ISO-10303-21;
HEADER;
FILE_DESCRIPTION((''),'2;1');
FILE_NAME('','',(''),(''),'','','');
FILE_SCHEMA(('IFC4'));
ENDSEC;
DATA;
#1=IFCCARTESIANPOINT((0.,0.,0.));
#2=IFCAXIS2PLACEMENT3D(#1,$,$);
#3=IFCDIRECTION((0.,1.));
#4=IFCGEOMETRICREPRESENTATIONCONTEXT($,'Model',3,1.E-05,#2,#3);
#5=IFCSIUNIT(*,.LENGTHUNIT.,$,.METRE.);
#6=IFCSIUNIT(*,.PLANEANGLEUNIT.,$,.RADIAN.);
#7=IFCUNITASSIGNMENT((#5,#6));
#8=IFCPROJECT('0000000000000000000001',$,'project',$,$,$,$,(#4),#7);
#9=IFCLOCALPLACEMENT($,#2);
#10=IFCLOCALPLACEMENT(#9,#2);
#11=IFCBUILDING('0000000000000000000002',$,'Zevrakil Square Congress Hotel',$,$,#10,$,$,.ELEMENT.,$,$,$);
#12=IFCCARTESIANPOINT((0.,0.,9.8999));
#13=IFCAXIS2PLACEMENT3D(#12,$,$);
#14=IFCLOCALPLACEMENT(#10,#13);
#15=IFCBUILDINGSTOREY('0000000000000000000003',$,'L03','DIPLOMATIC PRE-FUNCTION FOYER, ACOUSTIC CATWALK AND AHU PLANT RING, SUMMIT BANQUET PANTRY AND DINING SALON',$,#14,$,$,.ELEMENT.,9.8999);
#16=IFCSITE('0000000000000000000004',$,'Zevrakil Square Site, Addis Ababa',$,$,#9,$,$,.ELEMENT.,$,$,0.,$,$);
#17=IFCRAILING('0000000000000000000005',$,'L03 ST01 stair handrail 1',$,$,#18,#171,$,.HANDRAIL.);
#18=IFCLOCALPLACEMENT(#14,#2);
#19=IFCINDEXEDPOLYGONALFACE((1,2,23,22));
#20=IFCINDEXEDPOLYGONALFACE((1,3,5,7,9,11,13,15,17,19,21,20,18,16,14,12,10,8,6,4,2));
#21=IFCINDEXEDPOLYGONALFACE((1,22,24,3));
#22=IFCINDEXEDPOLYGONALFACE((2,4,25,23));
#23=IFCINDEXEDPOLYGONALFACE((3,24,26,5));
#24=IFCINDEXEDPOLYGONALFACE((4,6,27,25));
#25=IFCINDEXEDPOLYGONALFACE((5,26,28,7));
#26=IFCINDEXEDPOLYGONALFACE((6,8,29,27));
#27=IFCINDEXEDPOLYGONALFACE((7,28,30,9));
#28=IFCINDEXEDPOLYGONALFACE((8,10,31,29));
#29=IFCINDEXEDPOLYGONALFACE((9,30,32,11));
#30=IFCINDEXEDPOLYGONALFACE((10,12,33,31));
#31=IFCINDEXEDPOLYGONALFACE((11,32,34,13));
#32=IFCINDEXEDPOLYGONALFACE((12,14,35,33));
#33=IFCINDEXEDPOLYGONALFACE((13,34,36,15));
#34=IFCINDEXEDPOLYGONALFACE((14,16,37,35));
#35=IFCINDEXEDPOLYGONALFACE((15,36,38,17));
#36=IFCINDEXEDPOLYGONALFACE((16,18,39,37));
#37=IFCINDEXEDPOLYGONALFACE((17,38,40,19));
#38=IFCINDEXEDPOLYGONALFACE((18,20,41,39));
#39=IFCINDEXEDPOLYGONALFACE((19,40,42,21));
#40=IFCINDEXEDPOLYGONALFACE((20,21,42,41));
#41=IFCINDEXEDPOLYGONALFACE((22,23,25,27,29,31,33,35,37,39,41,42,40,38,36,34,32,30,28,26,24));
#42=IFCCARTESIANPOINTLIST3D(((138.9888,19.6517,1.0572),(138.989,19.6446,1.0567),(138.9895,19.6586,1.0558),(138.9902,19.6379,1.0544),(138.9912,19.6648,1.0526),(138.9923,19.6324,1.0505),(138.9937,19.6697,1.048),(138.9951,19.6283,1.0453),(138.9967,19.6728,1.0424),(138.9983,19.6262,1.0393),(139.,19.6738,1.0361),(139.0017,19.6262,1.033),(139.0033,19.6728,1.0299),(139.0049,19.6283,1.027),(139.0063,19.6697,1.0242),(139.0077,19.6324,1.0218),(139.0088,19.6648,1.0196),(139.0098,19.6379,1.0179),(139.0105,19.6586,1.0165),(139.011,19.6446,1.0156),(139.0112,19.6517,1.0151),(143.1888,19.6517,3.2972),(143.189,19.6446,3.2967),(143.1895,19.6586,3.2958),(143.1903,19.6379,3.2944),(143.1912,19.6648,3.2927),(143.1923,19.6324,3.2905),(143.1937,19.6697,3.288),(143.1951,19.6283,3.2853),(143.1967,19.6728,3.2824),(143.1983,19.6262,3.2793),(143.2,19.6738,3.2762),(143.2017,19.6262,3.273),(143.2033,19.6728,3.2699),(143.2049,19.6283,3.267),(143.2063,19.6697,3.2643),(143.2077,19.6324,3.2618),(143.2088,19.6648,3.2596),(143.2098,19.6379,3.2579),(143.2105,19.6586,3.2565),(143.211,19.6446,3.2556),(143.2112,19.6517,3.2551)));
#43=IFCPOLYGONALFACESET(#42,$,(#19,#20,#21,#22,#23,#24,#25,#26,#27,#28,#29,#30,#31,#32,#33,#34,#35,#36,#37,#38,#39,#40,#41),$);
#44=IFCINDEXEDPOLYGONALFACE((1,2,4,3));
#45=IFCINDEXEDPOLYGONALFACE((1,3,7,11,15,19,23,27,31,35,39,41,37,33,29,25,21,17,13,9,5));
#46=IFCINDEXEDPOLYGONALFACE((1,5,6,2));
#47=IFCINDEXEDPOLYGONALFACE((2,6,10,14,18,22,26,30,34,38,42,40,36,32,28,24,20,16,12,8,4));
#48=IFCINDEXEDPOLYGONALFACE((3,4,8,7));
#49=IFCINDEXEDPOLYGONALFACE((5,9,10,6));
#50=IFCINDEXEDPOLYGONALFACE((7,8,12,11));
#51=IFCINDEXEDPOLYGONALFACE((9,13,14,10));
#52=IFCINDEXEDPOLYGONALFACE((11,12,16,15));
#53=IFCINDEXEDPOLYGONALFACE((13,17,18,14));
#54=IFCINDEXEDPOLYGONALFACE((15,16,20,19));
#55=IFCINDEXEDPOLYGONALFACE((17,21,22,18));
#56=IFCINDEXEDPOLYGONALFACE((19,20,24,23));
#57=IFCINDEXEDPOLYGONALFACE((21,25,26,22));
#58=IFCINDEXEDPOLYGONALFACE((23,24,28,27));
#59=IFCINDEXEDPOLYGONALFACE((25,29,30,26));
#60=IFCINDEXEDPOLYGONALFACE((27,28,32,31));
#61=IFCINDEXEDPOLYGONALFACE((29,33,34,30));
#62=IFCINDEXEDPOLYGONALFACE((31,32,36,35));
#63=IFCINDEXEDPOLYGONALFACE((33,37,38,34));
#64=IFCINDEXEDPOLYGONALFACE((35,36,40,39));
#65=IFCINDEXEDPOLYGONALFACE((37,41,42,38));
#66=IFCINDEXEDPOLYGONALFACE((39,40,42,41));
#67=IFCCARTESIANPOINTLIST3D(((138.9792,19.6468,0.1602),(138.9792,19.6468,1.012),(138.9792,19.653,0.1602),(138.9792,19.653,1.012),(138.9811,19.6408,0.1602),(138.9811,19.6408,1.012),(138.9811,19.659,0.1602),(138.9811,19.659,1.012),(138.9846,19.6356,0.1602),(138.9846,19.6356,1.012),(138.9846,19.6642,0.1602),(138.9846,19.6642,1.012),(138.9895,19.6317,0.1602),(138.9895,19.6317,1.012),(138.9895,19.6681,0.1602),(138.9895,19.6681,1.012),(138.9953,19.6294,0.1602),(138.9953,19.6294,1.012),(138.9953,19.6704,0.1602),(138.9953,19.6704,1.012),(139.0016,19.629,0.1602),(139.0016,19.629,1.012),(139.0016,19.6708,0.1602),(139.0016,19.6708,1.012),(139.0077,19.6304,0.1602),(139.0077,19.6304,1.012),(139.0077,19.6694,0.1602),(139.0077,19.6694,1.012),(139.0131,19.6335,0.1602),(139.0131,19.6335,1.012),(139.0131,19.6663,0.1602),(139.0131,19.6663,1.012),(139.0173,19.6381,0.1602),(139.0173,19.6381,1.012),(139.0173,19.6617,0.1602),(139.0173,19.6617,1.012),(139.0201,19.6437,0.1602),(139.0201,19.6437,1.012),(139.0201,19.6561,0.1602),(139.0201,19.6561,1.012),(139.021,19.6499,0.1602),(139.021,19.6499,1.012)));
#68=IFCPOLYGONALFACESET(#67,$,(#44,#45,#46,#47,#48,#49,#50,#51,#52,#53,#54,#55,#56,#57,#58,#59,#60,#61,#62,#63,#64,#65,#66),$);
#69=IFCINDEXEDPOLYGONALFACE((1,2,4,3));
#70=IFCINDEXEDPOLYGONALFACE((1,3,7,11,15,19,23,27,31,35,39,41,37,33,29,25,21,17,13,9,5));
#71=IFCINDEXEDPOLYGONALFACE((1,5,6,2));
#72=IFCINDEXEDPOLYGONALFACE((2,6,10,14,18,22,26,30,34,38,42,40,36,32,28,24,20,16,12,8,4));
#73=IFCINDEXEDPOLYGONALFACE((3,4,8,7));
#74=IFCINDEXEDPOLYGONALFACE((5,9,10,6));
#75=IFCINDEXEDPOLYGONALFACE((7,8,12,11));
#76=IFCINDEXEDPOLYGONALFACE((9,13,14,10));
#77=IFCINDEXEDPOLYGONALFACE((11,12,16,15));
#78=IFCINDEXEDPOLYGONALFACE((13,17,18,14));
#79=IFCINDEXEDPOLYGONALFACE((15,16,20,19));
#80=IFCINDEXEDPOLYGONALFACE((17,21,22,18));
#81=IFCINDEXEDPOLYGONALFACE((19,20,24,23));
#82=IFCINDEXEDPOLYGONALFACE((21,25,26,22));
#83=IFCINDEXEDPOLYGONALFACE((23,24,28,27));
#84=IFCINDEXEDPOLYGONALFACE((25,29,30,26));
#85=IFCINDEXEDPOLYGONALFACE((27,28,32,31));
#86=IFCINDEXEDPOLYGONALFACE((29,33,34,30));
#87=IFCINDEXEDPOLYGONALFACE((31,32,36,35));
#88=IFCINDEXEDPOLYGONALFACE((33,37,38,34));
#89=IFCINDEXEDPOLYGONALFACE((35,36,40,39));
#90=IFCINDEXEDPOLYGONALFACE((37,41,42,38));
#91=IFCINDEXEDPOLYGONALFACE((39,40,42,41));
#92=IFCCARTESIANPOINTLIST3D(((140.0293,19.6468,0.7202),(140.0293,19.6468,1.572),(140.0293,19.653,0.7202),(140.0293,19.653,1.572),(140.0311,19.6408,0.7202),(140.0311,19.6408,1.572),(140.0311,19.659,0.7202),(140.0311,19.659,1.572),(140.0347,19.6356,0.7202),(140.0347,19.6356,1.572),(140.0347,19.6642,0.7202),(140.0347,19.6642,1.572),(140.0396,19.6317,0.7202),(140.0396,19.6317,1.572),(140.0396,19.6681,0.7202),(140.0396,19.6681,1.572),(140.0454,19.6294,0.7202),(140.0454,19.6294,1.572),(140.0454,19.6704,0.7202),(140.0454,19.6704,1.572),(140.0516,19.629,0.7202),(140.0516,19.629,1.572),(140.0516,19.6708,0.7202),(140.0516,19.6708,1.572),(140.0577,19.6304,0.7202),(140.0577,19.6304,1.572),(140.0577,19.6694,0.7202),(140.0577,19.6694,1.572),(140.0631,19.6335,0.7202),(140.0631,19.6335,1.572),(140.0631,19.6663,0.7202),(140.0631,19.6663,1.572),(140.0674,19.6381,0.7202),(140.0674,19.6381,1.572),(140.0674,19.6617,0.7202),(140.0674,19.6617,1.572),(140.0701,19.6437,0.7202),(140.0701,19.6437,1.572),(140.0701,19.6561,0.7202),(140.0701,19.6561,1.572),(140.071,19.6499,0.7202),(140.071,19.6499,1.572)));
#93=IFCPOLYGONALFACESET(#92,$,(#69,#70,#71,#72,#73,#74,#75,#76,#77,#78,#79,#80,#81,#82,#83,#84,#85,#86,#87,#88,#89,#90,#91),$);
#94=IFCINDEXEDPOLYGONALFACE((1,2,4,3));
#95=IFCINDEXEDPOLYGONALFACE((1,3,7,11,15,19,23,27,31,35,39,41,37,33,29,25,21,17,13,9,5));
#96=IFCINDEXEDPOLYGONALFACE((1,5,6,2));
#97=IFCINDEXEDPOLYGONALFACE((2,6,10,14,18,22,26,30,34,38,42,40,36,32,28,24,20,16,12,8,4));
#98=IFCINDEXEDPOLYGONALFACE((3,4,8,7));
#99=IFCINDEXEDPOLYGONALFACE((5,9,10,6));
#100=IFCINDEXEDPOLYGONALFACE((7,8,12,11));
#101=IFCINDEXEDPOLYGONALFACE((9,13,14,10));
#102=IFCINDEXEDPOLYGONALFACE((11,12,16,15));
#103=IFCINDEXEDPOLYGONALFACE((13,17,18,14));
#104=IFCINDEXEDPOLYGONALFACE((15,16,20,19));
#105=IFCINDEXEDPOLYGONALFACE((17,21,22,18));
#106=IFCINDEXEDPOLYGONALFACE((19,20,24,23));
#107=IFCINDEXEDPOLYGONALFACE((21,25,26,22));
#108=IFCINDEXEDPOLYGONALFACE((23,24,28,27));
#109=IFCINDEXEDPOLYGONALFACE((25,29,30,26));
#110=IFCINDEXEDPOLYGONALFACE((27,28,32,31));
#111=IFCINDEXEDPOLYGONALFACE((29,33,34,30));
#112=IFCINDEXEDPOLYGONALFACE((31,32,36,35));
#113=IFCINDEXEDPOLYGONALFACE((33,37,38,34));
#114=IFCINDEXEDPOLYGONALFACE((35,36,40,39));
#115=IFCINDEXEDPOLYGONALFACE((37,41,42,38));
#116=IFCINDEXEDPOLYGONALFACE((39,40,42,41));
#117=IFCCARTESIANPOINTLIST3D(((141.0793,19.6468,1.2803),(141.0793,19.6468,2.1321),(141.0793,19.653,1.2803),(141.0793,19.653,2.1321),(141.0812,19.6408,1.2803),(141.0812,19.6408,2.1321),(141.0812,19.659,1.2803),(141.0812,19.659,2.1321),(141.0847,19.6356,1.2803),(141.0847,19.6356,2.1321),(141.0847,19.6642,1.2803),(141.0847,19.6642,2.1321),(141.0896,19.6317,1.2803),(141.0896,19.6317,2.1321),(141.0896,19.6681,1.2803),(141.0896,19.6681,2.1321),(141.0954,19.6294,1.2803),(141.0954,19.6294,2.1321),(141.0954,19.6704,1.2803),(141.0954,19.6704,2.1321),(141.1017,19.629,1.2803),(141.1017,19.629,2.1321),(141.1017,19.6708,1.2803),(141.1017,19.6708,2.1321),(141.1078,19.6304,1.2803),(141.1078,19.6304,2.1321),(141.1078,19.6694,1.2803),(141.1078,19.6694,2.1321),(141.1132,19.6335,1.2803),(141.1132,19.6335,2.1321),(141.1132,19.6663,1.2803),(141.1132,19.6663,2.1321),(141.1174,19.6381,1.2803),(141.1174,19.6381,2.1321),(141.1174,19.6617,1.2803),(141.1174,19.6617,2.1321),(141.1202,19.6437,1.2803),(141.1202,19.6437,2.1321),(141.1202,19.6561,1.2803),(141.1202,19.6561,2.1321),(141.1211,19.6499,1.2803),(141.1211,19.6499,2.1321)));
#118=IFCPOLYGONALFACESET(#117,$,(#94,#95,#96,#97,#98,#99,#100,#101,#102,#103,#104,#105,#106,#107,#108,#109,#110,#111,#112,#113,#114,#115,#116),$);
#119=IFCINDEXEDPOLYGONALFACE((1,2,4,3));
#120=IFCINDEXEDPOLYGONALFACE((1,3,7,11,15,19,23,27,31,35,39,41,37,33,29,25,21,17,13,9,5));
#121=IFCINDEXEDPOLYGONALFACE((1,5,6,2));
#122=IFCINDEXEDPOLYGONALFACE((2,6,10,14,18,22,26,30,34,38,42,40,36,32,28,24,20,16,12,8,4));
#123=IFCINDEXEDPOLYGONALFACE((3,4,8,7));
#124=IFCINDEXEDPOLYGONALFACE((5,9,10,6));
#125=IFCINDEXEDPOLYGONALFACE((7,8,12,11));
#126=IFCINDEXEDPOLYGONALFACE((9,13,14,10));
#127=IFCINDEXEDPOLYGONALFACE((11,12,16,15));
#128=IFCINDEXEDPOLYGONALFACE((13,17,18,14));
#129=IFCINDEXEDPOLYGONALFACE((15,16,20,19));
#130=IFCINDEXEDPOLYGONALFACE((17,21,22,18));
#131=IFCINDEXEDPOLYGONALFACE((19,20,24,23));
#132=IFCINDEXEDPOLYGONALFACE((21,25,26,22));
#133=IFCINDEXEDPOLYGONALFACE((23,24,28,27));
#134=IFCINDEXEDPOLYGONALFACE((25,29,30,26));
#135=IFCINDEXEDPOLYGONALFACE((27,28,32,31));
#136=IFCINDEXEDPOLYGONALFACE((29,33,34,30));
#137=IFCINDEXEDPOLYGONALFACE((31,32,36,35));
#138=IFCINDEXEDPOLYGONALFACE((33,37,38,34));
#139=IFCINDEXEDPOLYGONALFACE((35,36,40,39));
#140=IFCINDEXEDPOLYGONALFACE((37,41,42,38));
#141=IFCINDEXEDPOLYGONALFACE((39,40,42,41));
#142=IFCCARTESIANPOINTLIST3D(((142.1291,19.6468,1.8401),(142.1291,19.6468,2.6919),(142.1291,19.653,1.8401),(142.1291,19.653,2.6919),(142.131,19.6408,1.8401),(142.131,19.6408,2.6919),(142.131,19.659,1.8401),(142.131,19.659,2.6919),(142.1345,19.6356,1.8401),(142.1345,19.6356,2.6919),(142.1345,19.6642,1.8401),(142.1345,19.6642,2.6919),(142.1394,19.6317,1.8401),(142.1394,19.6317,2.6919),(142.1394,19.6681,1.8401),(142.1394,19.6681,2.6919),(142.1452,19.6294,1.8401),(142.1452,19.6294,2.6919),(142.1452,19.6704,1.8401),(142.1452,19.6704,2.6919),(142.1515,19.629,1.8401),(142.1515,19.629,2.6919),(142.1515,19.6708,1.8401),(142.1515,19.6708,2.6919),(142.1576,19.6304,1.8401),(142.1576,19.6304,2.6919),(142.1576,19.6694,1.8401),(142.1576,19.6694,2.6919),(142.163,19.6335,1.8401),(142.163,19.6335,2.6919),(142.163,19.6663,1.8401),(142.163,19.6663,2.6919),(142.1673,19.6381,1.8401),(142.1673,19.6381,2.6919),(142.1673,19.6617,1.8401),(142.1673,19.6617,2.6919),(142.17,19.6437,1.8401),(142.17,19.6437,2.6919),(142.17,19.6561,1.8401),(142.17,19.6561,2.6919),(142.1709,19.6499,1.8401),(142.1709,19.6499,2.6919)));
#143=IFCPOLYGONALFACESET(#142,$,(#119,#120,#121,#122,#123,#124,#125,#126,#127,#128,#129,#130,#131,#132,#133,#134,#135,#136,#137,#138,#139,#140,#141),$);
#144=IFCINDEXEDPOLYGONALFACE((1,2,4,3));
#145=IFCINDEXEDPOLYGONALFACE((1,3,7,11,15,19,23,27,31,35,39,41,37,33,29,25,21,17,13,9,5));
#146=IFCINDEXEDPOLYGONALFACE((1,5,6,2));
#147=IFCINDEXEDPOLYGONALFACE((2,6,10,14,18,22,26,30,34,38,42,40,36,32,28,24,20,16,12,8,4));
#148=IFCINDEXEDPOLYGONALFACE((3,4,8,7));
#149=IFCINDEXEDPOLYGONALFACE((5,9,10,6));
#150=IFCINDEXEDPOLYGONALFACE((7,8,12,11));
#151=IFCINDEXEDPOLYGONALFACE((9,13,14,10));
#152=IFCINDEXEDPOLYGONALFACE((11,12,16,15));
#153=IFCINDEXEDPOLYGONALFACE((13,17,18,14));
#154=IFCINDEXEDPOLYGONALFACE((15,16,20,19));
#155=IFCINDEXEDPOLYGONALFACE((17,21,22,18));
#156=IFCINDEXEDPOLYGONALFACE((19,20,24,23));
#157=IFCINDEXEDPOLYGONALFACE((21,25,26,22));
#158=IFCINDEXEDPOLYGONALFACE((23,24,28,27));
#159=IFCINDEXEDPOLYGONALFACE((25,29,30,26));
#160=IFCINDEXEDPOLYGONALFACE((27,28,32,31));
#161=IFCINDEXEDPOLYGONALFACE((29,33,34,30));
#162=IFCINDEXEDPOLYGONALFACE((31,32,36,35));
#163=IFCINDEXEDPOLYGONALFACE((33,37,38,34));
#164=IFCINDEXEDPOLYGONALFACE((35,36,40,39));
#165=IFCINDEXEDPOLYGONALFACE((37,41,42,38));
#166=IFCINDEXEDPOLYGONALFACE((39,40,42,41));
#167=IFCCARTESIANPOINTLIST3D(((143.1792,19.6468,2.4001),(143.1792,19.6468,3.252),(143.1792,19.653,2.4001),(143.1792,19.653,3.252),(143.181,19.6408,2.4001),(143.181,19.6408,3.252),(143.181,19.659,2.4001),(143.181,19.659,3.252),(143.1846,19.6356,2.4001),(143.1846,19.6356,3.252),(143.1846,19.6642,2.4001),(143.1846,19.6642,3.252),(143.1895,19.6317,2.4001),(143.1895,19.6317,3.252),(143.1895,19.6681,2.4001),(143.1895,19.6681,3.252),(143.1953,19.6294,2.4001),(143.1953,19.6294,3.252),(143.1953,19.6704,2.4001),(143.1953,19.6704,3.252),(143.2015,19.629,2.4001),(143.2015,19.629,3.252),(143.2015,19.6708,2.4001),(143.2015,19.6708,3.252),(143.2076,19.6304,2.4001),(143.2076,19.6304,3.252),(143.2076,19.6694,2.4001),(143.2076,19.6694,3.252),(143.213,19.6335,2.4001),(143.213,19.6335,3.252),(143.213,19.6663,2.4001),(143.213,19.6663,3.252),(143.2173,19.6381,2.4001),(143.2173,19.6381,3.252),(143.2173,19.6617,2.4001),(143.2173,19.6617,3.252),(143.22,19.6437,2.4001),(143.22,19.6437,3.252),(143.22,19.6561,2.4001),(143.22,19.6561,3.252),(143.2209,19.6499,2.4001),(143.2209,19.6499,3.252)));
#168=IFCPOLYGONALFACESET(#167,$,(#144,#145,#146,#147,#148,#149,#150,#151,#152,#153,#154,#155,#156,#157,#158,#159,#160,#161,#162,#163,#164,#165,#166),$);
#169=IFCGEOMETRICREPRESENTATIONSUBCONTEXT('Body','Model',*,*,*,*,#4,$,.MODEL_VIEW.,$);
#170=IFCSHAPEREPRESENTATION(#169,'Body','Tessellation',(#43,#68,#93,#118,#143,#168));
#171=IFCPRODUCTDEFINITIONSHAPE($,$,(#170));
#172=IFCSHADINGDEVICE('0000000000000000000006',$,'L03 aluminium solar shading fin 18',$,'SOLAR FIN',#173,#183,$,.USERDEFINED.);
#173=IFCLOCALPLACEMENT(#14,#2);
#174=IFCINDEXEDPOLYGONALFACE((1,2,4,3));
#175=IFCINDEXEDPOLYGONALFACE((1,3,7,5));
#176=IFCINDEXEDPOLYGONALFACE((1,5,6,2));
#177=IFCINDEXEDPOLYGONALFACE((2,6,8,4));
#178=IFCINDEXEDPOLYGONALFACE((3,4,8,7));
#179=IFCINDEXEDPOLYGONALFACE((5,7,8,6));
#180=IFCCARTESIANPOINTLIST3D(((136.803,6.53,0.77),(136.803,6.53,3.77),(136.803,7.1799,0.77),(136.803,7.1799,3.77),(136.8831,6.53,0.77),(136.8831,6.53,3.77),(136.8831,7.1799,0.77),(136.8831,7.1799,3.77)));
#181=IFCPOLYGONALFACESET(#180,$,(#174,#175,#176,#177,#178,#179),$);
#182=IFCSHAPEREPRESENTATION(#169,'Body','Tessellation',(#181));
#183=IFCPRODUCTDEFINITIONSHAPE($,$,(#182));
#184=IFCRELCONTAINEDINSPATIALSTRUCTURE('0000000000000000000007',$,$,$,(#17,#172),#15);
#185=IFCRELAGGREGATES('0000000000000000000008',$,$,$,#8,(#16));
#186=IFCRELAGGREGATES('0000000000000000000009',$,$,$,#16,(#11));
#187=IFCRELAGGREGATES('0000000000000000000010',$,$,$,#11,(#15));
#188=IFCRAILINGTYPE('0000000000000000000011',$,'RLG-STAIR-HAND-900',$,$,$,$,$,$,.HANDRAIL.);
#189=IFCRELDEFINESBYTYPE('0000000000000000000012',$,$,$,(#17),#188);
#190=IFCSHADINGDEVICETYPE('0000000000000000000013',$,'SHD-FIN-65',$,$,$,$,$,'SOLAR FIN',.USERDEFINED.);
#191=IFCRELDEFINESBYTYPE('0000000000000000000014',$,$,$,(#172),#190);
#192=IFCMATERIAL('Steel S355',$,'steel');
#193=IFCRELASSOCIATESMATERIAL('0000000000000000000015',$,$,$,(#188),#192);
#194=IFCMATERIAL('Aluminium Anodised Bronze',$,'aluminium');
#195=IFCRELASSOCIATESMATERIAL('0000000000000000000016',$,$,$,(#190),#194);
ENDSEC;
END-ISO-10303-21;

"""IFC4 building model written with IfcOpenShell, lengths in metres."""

from ifc_helpers import new_model, si_unit, direction, frame, origin, origin_2d, place, context, subcontext, project, spatial, rectangle, circle, extrude, material, type_object, element, save


model = new_model("IFC4")

# Units and contexts
model_context = context("Model", 3, precision=1e-05, world=origin(), true_north=direction((0.0, 1.0)))
body_context = subcontext(model_context, "Body", "Model", "MODEL_VIEW")
ifc_project = project(units=[si_unit("LENGTHUNIT", "METRE"), si_unit("PLANEANGLEUNIT", "RADIAN")], contexts=[model_context])

# Site, building, storey
site_placement = place(None, origin())
site = spatial("IfcSite", under=ifc_project, at=site_placement, Name="Zevrakil Square Site, Addis Ababa", CompositionType="ELEMENT", RefElevation=0.0)
building_placement = place(site_placement, origin())
building = spatial("IfcBuilding", under=site, at=building_placement, Name="Zevrakil Square Congress Hotel", CompositionType="ELEMENT")
storey_placement = place(building_placement, frame((0.0, 0.0, 9.8999)))
storey = spatial("IfcBuildingStorey", under=building, at=storey_placement, Name="L03", Description="DIPLOMATIC PRE-FUNCTION FOYER, ACOUSTIC CATWALK AND AHU PLANT RING, SUMMIT BANQUET PANTRY AND DINING SALON", CompositionType="ELEMENT", Elevation=9.8999)

# Railing
ifc_material_1 = material(Name="Steel S355", Category="steel")
railing_type = type_object("IfcRailingType", Name="RLG-STAIR-HAND-900", PredefinedType="HANDRAIL", material=ifc_material_1)
railing_placement = place(storey_placement, frame((139.0, 19.6499, 0.1602)))
element("IfcRailing", 1, at=railing_placement, inside=storey, type_object=railing_type, Name="L03 ST01 stair handrail 1", PredefinedType="HANDRAIL", context=body_context, shape_type="SweptSolid", body=[
    extrude(circle(Radius=0.0239, at=origin_2d()), frame((0.0, 0.0, 0.876), z_axis=(0.882352, 0.0, 0.470591), x_axis=(0.0, 1.0, 0.0)), (0.0, 0.0, 1.0), 4.76),
    extrude(circle(Radius=0.021, at=origin_2d()), origin(), (0.0, 0.0, 1.0), 0.8518),
    extrude(circle(Radius=0.021, at=origin_2d()), frame((1.05, 0.0, 0.5601)), (0.0, 0.0, 1.0), 0.8518),
    extrude(circle(Radius=0.021, at=origin_2d()), frame((2.1001, 0.0, 1.1201)), (0.0, 0.0, 1.0), 0.8518),
    extrude(circle(Radius=0.021, at=origin_2d()), frame((3.1499, 0.0, 1.6799)), (0.0, 0.0, 1.0), 0.8518),
    extrude(circle(Radius=0.021, at=origin_2d()), frame((4.2, 0.0, 2.24)), (0.0, 0.0, 1.0), 0.8518),
])

# Shading device
ifc_material_2 = material(Name="Aluminium Anodised Bronze", Category="aluminium")
shading_device_type = type_object("IfcShadingDeviceType", Name="SHD-FIN-65", ElementType="SOLAR FIN", PredefinedType="USERDEFINED", material=ifc_material_2)
shading_device_placement = place(storey_placement, frame((136.843, 6.855, 0.77), z_axis=(0.0, 0.0, 1.0), x_axis=(0.0, -1.0, 0.0)))
element("IfcShadingDevice", 2, at=shading_device_placement, inside=storey, type_object=shading_device_type, Name="L03 aluminium solar shading fin 18", ObjectType="SOLAR FIN", PredefinedType="USERDEFINED", context=body_context, shape_type="SweptSolid", body=[
    extrude(rectangle(XDim=0.6499, YDim=0.0801, at=origin_2d()), origin(), (0.0, 0.0, 1.0), 3.0),
])

save(model, "model.ifc")
